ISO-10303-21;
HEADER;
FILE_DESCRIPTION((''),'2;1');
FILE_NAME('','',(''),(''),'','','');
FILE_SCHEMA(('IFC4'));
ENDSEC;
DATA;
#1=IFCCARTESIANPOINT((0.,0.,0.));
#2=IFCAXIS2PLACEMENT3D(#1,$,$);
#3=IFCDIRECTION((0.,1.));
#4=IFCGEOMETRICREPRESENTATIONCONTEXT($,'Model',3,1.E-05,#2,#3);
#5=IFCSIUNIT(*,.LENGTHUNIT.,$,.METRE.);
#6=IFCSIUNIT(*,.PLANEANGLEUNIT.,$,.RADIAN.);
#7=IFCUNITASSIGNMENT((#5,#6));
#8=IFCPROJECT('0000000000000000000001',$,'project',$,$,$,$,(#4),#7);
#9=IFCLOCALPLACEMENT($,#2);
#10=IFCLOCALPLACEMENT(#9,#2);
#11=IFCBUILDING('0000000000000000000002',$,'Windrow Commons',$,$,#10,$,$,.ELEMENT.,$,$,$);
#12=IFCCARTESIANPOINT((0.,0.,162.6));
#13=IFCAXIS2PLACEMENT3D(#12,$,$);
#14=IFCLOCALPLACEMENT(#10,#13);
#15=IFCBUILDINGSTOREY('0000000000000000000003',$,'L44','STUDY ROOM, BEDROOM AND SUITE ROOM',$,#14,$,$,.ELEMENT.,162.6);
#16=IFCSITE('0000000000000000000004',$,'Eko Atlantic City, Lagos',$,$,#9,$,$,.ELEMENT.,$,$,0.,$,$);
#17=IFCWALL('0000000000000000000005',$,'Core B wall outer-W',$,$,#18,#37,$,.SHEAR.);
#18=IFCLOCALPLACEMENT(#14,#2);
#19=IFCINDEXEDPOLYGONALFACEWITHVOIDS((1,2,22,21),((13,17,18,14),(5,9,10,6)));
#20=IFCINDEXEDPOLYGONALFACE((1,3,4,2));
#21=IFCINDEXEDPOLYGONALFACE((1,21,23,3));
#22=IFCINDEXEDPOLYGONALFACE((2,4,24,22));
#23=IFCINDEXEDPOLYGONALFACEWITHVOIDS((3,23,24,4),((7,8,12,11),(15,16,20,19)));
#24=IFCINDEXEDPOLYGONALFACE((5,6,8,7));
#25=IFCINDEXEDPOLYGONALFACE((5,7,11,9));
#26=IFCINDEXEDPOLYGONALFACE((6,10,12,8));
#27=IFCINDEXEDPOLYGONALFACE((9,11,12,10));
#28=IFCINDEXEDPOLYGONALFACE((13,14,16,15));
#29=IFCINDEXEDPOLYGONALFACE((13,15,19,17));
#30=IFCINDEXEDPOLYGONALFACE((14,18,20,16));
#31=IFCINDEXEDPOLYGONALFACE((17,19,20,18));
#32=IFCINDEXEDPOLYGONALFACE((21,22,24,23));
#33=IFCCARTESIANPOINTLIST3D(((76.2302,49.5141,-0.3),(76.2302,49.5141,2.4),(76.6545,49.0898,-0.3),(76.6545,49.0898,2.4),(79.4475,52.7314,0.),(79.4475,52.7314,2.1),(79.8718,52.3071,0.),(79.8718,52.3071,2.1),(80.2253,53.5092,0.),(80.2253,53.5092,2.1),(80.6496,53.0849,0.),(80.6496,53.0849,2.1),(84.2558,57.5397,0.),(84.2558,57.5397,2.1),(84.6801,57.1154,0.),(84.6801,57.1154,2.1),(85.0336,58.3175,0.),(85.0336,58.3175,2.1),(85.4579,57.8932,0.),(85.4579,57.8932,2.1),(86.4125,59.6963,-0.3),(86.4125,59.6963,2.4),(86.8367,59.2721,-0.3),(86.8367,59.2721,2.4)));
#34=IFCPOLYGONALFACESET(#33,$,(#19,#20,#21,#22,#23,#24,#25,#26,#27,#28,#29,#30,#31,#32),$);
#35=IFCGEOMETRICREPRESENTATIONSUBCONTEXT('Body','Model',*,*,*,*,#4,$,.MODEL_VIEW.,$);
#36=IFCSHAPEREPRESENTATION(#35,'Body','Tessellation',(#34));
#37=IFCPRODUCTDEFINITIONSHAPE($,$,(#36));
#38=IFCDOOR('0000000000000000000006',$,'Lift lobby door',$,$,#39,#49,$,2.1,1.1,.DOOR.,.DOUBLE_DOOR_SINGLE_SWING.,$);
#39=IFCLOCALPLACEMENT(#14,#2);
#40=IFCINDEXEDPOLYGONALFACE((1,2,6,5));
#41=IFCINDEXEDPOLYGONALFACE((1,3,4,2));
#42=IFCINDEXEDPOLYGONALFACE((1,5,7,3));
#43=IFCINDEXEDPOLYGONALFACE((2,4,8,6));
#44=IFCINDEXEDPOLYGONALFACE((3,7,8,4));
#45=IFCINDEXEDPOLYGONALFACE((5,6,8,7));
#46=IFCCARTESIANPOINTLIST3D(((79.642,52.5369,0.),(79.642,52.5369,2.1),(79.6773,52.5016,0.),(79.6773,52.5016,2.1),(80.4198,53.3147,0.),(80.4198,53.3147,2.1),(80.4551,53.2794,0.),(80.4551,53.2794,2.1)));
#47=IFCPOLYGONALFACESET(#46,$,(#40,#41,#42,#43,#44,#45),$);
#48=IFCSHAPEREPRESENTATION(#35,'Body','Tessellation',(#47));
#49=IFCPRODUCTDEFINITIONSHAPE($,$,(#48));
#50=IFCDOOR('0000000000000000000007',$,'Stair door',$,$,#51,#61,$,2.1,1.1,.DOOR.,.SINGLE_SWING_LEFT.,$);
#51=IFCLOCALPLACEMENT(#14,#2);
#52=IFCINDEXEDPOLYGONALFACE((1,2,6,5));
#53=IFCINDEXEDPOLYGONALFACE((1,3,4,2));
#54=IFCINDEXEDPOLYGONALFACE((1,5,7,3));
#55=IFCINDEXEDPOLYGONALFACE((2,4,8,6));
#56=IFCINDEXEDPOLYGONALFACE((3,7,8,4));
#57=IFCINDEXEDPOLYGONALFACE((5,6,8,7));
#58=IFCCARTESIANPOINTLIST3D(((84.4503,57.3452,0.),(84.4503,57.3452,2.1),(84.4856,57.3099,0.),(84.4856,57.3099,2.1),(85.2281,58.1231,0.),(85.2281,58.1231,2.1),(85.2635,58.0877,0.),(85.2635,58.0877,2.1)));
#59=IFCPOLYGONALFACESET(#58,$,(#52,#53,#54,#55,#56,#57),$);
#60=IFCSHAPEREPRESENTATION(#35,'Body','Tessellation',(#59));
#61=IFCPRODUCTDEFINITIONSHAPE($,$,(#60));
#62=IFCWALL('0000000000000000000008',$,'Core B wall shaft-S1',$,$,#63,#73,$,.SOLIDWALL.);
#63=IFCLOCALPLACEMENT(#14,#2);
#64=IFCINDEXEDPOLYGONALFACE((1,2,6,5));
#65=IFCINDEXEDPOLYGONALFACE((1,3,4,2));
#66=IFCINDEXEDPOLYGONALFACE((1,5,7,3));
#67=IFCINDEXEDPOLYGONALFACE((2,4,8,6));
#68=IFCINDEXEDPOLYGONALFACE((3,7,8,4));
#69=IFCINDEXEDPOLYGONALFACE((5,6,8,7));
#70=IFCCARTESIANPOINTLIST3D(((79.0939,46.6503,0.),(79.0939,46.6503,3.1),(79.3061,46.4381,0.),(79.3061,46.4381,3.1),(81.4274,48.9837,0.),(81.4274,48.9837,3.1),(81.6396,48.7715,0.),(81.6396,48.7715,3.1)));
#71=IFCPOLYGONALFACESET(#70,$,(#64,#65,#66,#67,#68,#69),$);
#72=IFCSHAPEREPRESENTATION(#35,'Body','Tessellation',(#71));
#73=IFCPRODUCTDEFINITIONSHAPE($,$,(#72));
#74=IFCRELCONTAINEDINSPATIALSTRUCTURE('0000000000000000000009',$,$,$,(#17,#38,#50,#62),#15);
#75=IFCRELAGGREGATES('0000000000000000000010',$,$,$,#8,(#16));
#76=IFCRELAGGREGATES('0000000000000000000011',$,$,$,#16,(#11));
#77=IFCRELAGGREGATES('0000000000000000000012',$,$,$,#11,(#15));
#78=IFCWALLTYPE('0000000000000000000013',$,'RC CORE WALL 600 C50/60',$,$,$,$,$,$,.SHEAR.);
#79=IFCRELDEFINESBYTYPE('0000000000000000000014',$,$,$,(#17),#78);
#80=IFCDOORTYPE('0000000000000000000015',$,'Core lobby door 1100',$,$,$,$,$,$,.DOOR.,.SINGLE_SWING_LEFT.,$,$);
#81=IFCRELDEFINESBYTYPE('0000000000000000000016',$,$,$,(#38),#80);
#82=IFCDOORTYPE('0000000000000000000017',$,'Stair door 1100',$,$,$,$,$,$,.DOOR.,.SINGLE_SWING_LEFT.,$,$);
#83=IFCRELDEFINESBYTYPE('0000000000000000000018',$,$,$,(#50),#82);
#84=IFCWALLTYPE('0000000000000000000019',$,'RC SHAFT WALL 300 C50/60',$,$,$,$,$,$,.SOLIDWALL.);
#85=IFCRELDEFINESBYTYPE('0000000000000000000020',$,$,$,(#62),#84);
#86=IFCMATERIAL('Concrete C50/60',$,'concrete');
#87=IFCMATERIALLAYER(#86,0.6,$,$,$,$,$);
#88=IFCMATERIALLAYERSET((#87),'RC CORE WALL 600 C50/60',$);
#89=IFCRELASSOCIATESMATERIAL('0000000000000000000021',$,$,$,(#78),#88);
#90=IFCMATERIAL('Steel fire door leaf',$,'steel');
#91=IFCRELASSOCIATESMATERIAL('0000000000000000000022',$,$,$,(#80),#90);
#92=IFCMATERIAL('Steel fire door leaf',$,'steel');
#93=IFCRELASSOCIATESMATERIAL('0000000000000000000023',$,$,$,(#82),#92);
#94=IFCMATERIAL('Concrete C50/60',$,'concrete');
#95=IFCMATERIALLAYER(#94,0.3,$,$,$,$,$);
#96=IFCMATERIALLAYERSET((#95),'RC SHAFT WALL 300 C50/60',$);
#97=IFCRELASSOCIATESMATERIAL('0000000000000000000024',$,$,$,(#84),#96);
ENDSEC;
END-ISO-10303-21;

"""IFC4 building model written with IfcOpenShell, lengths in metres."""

from ifc_helpers import new_model, si_unit, direction, frame, frame_2d, origin, place, context, subcontext, project, spatial, rectangle, extrude, material, layer, layer_set, type_object, element, fill, save


model = new_model("IFC4")

# Units and contexts
model_context = context("Model", 3, precision=1e-05, world=origin(), true_north=direction((0.0, 1.0)))
body_context = subcontext(model_context, "Body", "Model", "MODEL_VIEW")
ifc_project = project(units=[si_unit("LENGTHUNIT", "METRE"), si_unit("PLANEANGLEUNIT", "RADIAN")], contexts=[model_context])

# Site, building, storey
site_placement = place(None, origin())
site = spatial("IfcSite", under=ifc_project, at=site_placement, Name="Eko Atlantic City, Lagos", CompositionType="ELEMENT", RefElevation=0.0)
building_placement = place(site_placement, origin())
building = spatial("IfcBuilding", under=site, at=building_placement, Name="Windrow Commons", CompositionType="ELEMENT")
storey_placement = place(building_placement, frame((0.0, 0.0, 162.6)))
storey = spatial("IfcBuildingStorey", under=building, at=storey_placement, Name="L44", Description="STUDY ROOM, BEDROOM AND SUITE ROOM", CompositionType="ELEMENT", Elevation=162.6)

# Shared definitions
ifc_material_1 = material(Name="Concrete C50/60", Category="concrete")
ifc_layer_1 = layer(ifc_material_1, 0.6)
ifc_layer_set_1 = layer_set([ifc_layer_1], Name="RC CORE WALL 600 C50/60")
wall_type_1 = type_object("IfcWallType", Name="RC CORE WALL 600 C50/60", PredefinedType="SHEAR", material=ifc_layer_set_1)

# Wall, openings, doors
wall_1_placement = place(storey_placement, frame((76.4423, 49.3019, -0.3), z_axis=(0.0, 0.0, 1.0), x_axis=(0.707107, 0.707107, 0.0)))
wall_1 = element("IfcWall", 1, at=wall_1_placement, inside=storey, type_object=wall_type_1, Name="Core B wall outer-W", PredefinedType="SHEAR", context=body_context, shape_type="SweptSolid", body=[
    extrude(rectangle(XDim=14.3999, YDim=0.6, at=frame_2d((7.2, 0.0))), origin(), (0.0, 0.0, 1.0), 2.7),
])
opening_1_placement = place(wall_1_placement, frame((4.55, 0.0, 0.3)))
opening_1 = element("IfcOpeningElement", 2, at=opening_1_placement, cuts=wall_1, PredefinedType="OPENING", context=body_context, shape_type="SweptSolid", body=[
    extrude(rectangle(XDim=1.1, YDim=2.1, at=frame_2d((0.55, 1.05))), frame((0.0, 0.31, 0.0), z_axis=(0.0, -1.0, 0.0), x_axis=(1.0, 0.0, 0.0)), (0.0, 0.0, 1.0), 0.62),
])
opening_2_placement = place(wall_1_placement, frame((11.35, 0.0, 0.3)))
opening_2 = element("IfcOpeningElement", 3, at=opening_2_placement, cuts=wall_1, PredefinedType="OPENING", context=body_context, shape_type="SweptSolid", body=[
    extrude(rectangle(XDim=1.1, YDim=2.1, at=frame_2d((0.55, 1.05))), frame((0.0, 0.31, 0.0), z_axis=(0.0, -1.0, 0.0), x_axis=(1.0, 0.0, 0.0)), (0.0, 0.0, 1.0), 0.62),
])
ifc_material_2 = material(Name="Steel fire door leaf", Category="steel")
door_type_1 = type_object("IfcDoorType", Name="Core lobby door 1100", OperationType="SINGLE_SWING_LEFT", PredefinedType="DOOR", material=ifc_material_2)
door_1_placement = place(opening_1_placement, origin())
door_1 = element("IfcDoor", 4, at=door_1_placement, inside=storey, type_object=door_type_1, Name="Lift lobby door", OperationType="DOUBLE_DOOR_SINGLE_SWING", OverallHeight=2.1, OverallWidth=1.1, PredefinedType="DOOR", context=body_context, shape_type="SweptSolid", body=[
    extrude(rectangle(XDim=1.1, YDim=2.1, at=frame_2d((0.55, 1.05))), frame((0.0, 0.025, 0.0), z_axis=(0.0, -1.0, 0.0), x_axis=(1.0, 0.0, 0.0)), (0.0, 0.0, 1.0), 0.05),
])
fill(opening_1, door_1)
ifc_material_3 = material(Name="Steel fire door leaf", Category="steel")
door_type_2 = type_object("IfcDoorType", Name="Stair door 1100", OperationType="SINGLE_SWING_LEFT", PredefinedType="DOOR", material=ifc_material_3)
door_2_placement = place(opening_2_placement, origin())
door_2 = element("IfcDoor", 5, at=door_2_placement, inside=storey, type_object=door_type_2, Name="Stair door", OperationType="SINGLE_SWING_LEFT", OverallHeight=2.1, OverallWidth=1.1, PredefinedType="DOOR", context=body_context, shape_type="SweptSolid", body=[
    extrude(rectangle(XDim=1.1, YDim=2.1, at=frame_2d((0.55, 1.05))), frame((0.0, 0.025, 0.0), z_axis=(0.0, -1.0, 0.0), x_axis=(1.0, 0.0, 0.0)), (0.0, 0.0, 1.0), 0.05),
])
fill(opening_2, door_2)

# Wall
ifc_material_4 = material(Name="Concrete C50/60", Category="concrete")
ifc_layer_2 = layer(ifc_material_4, 0.3)
ifc_layer_set_2 = layer_set([ifc_layer_2], Name="RC SHAFT WALL 300 C50/60")
wall_type_2 = type_object("IfcWallType", Name="RC SHAFT WALL 300 C50/60", PredefinedType="SOLIDWALL", material=ifc_layer_set_2)
wall_2_placement = place(storey_placement, frame((79.2, 46.5442, 0.0), z_axis=(0.0, 0.0, 1.0), x_axis=(0.707122, 0.707092, 0.0)))
element("IfcWall", 6, at=wall_2_placement, inside=storey, type_object=wall_type_2, Name="Core B wall shaft-S1", PredefinedType="SOLIDWALL", context=body_context, shape_type="SweptSolid", body=[
    extrude(rectangle(XDim=3.3, YDim=0.3, at=frame_2d((1.65, 0.0))), origin(), (0.0, 0.0, 1.0), 3.1),
])

save(model, "model.ifc")
